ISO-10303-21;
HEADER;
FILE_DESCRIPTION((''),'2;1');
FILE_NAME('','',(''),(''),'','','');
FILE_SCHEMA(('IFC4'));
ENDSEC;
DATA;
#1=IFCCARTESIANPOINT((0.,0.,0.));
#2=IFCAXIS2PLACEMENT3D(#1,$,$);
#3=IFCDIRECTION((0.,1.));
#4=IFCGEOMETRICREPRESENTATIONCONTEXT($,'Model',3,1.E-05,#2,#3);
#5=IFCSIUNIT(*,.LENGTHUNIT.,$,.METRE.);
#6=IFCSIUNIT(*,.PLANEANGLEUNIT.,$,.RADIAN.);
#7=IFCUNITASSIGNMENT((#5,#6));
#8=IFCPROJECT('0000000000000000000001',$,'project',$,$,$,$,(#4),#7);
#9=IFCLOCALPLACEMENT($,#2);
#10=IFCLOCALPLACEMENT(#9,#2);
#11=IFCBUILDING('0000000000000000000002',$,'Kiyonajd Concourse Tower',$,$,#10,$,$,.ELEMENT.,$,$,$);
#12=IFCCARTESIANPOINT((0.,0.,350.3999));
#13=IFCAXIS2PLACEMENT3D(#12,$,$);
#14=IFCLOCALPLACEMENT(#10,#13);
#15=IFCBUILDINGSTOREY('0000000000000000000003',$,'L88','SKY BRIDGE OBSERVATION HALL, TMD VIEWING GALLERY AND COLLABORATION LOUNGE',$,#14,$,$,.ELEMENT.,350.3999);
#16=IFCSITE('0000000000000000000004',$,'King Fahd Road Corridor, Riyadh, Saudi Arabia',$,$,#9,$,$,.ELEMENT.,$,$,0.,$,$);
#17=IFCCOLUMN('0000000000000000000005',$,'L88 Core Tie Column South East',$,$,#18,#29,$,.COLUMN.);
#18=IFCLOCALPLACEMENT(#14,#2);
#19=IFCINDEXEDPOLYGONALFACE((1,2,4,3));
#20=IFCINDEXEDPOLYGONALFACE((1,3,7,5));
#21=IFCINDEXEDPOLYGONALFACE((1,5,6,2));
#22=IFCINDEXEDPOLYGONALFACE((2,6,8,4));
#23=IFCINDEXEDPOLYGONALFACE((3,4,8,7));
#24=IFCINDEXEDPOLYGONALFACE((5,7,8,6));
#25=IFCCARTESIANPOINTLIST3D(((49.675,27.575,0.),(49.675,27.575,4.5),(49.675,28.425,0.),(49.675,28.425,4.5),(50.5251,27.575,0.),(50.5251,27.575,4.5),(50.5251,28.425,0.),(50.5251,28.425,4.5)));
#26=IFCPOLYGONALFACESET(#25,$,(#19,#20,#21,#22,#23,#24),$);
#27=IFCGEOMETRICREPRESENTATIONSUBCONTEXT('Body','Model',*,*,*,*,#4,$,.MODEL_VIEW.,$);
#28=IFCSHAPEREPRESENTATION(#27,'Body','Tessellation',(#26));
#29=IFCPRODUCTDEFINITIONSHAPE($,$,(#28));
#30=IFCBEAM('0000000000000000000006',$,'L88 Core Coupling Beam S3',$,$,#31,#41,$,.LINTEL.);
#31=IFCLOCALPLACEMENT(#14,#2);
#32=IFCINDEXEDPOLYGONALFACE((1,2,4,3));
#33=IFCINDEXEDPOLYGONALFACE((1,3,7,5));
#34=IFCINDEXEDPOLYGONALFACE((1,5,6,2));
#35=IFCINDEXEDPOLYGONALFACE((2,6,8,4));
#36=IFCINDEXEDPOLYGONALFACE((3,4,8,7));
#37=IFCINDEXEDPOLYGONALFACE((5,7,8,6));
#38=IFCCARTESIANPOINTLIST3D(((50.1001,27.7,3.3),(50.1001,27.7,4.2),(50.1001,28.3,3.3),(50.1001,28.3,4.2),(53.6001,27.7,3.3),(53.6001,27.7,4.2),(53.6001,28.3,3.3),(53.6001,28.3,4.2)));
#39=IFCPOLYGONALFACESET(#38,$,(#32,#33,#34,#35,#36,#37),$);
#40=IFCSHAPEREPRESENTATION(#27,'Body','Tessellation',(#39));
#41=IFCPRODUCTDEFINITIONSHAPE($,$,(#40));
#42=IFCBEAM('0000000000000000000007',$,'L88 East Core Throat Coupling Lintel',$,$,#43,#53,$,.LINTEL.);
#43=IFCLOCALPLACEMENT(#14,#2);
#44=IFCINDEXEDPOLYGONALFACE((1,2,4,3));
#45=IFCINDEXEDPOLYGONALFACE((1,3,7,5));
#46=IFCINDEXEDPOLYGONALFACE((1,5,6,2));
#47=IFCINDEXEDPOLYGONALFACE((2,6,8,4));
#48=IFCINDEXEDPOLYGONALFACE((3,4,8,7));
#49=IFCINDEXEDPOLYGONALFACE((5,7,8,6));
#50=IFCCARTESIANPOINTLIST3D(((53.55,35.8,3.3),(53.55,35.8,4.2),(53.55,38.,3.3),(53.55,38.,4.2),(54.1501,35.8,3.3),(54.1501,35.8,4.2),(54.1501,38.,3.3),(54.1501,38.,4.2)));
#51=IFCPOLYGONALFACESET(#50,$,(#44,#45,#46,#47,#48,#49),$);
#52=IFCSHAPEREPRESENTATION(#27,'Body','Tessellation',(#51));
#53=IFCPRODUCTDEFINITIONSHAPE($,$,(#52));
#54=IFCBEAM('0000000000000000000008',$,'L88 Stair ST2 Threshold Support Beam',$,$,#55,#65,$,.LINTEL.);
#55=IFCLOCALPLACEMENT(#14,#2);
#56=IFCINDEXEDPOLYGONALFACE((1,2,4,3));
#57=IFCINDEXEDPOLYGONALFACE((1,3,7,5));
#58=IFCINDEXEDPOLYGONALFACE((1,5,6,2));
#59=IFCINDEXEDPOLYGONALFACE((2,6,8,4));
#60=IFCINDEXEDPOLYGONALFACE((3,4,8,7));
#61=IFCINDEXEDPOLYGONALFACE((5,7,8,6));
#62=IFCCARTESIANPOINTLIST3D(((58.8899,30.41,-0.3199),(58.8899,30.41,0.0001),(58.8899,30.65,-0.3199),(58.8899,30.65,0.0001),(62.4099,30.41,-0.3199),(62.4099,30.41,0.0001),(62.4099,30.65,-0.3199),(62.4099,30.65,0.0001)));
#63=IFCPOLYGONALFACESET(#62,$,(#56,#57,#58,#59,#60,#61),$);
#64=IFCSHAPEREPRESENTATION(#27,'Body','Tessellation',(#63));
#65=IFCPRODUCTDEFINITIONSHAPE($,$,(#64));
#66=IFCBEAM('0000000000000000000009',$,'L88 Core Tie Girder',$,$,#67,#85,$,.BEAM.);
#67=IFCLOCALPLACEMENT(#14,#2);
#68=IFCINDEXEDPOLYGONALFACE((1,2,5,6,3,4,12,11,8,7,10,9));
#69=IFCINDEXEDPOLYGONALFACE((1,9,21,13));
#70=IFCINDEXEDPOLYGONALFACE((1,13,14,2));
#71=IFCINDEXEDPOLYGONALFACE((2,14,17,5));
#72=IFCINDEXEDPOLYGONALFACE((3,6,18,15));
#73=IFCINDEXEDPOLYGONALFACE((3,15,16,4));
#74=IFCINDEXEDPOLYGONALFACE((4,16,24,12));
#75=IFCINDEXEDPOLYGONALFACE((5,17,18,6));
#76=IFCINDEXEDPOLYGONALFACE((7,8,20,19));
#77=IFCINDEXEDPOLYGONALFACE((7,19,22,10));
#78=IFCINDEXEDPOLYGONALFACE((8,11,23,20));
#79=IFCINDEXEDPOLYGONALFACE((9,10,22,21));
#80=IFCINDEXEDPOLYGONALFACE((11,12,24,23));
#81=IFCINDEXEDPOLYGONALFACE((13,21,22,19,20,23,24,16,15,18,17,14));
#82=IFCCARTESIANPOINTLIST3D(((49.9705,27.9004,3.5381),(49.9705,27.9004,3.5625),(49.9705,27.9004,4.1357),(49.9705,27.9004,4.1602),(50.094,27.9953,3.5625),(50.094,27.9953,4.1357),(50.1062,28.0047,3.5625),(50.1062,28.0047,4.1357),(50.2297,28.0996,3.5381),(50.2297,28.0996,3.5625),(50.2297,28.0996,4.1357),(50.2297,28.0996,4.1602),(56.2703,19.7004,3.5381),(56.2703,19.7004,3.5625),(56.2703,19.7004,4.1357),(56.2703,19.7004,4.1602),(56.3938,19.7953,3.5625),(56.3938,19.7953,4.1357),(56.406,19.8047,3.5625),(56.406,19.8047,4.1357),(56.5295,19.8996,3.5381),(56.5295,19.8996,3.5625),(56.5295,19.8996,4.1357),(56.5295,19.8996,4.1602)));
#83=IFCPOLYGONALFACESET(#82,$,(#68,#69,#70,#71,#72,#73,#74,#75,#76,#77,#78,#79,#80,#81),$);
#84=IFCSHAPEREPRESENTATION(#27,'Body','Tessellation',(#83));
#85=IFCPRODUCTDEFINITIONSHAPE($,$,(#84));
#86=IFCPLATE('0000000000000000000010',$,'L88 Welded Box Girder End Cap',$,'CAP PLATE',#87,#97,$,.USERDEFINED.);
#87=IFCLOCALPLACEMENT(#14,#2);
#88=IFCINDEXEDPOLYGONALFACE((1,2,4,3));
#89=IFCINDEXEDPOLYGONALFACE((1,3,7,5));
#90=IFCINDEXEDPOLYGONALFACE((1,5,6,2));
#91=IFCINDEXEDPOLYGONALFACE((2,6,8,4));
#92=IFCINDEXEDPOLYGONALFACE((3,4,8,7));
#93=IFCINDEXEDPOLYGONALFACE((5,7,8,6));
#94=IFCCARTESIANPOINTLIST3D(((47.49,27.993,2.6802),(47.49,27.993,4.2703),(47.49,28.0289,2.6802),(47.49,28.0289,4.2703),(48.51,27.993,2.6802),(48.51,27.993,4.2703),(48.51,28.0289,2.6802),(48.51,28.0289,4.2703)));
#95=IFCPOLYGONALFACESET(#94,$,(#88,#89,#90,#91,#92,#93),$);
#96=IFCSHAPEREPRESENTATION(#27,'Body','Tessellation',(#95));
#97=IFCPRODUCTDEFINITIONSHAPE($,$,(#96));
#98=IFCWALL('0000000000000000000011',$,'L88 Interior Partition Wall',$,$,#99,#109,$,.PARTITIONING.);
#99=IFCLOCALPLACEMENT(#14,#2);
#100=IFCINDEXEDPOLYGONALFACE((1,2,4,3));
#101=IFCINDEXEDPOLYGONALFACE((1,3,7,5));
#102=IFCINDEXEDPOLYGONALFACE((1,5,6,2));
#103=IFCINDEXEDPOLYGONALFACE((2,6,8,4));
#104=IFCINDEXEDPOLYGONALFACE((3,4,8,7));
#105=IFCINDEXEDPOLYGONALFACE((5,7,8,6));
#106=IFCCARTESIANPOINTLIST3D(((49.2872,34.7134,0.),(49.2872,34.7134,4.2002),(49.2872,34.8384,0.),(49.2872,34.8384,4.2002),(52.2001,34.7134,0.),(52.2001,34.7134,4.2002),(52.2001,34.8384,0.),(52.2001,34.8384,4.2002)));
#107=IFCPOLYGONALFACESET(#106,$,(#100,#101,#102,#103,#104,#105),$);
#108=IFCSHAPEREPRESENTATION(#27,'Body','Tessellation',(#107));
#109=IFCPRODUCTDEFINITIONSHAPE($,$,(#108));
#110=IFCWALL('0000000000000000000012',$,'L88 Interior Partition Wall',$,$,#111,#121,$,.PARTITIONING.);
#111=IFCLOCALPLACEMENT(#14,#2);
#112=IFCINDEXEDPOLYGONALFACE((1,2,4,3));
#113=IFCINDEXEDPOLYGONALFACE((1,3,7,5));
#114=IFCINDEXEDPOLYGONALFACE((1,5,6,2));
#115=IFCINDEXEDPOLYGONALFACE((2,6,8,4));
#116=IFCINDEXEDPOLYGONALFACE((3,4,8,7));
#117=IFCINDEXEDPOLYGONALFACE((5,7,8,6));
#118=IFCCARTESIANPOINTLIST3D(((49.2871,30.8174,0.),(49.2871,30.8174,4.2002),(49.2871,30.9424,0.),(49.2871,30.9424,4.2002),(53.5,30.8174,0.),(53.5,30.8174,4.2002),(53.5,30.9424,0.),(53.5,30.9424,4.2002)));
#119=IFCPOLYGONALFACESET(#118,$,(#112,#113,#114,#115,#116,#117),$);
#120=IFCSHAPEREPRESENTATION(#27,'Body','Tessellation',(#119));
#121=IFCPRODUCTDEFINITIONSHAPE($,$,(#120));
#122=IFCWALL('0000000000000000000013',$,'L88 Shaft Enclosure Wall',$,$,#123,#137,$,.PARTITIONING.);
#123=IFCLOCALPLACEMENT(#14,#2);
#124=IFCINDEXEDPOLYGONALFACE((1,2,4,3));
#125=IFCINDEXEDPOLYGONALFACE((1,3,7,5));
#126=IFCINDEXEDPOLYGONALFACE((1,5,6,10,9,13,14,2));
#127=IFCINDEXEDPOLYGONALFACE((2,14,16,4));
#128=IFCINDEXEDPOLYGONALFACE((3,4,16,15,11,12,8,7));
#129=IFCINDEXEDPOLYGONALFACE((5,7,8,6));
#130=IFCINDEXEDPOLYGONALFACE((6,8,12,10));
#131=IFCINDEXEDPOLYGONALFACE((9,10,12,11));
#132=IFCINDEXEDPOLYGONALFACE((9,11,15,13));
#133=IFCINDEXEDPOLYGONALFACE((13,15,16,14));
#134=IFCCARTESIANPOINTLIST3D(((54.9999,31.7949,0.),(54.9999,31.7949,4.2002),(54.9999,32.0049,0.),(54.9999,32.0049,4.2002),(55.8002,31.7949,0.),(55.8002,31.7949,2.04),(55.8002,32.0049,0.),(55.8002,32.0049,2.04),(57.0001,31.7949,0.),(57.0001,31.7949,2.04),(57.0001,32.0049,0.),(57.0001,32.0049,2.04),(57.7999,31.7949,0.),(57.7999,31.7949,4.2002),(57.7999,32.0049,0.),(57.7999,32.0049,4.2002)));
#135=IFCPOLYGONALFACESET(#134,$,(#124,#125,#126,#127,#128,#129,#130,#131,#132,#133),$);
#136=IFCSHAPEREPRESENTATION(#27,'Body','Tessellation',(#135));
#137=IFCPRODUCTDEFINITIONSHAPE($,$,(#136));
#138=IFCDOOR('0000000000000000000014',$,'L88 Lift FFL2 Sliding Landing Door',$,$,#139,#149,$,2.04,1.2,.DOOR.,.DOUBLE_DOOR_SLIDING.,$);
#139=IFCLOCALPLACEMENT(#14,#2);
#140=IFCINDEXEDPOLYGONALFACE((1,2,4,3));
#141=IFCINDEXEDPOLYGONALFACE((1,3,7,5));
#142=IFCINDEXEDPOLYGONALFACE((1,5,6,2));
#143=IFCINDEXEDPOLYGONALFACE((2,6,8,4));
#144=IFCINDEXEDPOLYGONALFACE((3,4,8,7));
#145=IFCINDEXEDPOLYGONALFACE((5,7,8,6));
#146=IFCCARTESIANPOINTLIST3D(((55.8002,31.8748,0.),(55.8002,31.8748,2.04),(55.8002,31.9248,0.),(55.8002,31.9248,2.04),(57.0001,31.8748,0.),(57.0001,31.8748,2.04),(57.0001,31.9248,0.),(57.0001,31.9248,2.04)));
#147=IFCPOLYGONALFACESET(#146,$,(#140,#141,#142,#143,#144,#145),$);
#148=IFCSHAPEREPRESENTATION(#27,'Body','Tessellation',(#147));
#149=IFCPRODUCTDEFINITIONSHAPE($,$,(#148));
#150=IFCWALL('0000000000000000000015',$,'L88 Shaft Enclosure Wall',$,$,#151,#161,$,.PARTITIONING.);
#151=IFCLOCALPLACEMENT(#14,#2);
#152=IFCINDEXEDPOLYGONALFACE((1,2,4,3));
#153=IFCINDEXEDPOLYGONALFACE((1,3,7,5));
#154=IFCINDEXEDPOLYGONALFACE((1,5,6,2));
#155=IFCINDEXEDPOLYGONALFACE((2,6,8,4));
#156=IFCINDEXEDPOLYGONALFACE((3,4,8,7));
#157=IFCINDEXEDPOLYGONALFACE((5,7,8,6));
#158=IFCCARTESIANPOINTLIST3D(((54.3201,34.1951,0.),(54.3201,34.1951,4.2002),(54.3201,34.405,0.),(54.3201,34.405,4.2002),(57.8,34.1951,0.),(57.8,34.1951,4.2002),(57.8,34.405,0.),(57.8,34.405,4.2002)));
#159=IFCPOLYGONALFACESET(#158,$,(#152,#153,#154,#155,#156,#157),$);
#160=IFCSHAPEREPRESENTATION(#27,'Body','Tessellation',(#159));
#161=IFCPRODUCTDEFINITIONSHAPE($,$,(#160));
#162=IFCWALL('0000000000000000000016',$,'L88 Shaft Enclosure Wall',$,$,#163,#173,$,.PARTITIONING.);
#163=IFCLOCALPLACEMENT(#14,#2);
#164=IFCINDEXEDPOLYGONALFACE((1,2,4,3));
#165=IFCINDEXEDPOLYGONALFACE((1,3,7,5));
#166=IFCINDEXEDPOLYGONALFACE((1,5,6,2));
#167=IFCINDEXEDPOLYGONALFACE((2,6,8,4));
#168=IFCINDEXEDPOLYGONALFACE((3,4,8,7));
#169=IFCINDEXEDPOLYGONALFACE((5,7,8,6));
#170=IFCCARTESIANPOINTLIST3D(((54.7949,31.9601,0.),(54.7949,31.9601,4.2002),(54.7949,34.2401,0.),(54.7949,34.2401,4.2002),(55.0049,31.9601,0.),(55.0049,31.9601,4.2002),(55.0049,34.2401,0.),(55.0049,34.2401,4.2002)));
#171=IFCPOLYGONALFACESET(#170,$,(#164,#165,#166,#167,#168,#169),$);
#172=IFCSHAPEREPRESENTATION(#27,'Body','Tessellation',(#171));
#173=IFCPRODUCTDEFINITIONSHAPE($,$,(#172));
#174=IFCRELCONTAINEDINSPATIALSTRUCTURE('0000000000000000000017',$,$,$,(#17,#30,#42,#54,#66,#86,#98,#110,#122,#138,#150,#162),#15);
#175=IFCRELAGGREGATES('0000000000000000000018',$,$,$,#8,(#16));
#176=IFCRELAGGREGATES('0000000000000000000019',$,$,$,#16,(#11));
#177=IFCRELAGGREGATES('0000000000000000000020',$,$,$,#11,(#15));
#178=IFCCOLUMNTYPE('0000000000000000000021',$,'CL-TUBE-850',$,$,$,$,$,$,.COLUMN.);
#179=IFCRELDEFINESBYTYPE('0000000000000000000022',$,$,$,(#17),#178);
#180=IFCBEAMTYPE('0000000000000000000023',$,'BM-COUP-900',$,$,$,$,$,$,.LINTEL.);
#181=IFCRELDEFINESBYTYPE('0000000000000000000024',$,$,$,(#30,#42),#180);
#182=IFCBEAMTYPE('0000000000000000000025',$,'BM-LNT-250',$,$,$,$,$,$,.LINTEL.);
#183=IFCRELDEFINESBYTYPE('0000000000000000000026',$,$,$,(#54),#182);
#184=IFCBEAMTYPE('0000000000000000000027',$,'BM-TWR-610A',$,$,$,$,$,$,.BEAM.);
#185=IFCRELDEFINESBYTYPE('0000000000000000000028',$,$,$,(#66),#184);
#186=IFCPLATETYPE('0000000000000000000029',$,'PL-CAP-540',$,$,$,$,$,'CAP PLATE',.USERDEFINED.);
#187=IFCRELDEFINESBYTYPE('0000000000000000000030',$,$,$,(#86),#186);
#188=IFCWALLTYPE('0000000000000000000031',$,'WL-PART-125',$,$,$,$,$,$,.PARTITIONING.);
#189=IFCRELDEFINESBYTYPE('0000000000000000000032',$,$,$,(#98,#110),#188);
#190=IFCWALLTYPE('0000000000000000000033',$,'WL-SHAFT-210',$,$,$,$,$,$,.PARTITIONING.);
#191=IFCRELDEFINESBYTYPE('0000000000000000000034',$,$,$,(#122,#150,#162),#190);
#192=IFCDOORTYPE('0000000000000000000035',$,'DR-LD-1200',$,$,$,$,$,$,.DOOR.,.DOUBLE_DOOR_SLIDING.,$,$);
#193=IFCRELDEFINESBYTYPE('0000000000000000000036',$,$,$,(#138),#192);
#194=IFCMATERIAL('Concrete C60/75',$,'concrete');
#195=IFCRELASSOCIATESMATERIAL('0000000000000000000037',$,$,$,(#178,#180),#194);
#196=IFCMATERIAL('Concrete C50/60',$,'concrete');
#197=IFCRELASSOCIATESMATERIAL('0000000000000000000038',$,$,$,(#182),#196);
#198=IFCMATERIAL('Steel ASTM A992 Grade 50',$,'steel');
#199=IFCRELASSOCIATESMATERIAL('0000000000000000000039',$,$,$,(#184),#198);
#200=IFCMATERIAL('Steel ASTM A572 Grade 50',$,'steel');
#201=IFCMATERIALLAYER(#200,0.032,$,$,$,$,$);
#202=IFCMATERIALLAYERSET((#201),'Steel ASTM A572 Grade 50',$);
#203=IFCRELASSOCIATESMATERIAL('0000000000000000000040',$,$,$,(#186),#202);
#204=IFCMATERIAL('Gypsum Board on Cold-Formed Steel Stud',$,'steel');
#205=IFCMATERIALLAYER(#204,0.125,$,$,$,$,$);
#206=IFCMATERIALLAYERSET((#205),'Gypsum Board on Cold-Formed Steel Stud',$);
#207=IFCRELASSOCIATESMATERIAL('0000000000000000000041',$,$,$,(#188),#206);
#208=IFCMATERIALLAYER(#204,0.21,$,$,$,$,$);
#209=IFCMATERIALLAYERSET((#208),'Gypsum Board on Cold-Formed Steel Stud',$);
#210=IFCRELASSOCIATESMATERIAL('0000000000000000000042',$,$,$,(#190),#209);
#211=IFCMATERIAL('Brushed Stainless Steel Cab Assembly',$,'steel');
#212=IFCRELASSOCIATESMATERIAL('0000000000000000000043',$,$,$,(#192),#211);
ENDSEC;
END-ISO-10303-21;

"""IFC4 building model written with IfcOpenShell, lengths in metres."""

from ifc_helpers import new_model, si_unit, direction, frame, frame_2d, origin, origin_2d, place, context, subcontext, project, spatial, rectangle, i_section, extrude, material, layer, layer_set, material_profile, profile_set, type_object, element, fill, save


model = new_model("IFC4")

# Units and contexts
model_context = context("Model", 3, precision=1e-05, world=origin(), true_north=direction((0.0, 1.0)))
body_context = subcontext(model_context, "Body", "Model", "MODEL_VIEW")
ifc_project = project(units=[si_unit("LENGTHUNIT", "METRE"), si_unit("PLANEANGLEUNIT", "RADIAN")], contexts=[model_context])

# Site, building, storey
site_placement = place(None, origin())
site = spatial("IfcSite", under=ifc_project, at=site_placement, Name="King Fahd Road Corridor, Riyadh, Saudi Arabia", CompositionType="ELEMENT", RefElevation=0.0)
building_placement = place(site_placement, origin())
building = spatial("IfcBuilding", under=site, at=building_placement, Name="Kiyonajd Concourse Tower", CompositionType="ELEMENT")
storey_placement = place(building_placement, frame((0.0, 0.0, 350.3999)))
storey = spatial("IfcBuildingStorey", under=building, at=storey_placement, Name="L88", Description="SKY BRIDGE OBSERVATION HALL, TMD VIEWING GALLERY AND COLLABORATION LOUNGE", CompositionType="ELEMENT", Elevation=350.3999)

# Column
ifc_material_1 = material(Name="Concrete C60/75", Category="concrete")
ifc_material_profile_1 = material_profile(ifc_material_1, rectangle(XDim=0.8501, YDim=0.8501, at=origin_2d()), Name="RC-850x850")
ifc_profile_set_1 = profile_set([ifc_material_profile_1], Name="Concrete C60/75")
column_type = type_object("IfcColumnType", Name="CL-TUBE-850", PredefinedType="COLUMN", material=ifc_profile_set_1)
column_placement = place(storey_placement, frame((50.1001, 28.0, 0.0), z_axis=(0.0, 0.0, 1.0), x_axis=(1.0, 0.0, 0.0)))
element("IfcColumn", 1, at=column_placement, inside=storey, type_object=column_type, Name="L88 Core Tie Column South East", PredefinedType="COLUMN", context=body_context, shape_type="SweptSolid", body=[
    extrude(rectangle(XDim=0.8501, YDim=0.8501, at=origin_2d()), origin(), (0.0, 0.0, 1.0), 4.5),
])

# Beams
ifc_material_profile_2 = material_profile(ifc_material_1, rectangle(XDim=0.6001, YDim=0.8999, at=origin_2d()), Name="RCBM-600x900")
ifc_profile_set_2 = profile_set([ifc_material_profile_2], Name="Concrete C60/75")
beam_type_1 = type_object("IfcBeamType", Name="BM-COUP-900", PredefinedType="LINTEL", material=ifc_profile_set_2)
beam_1_placement = place(storey_placement, frame((50.1001, 28.0, 3.75), z_axis=(1.0, 0.0, 0.0), x_axis=(0.0, 1.0, 0.0)))
element("IfcBeam", 2, at=beam_1_placement, inside=storey, type_object=beam_type_1, Name="L88 Core Coupling Beam S3", PredefinedType="LINTEL", context=body_context, shape_type="SweptSolid", body=[
    extrude(rectangle(XDim=0.6001, YDim=0.8999, at=origin_2d()), origin(), (0.0, 0.0, 1.0), 3.5),
])
beam_2_placement = place(storey_placement, frame((53.8501, 35.8, 3.75), z_axis=(0.0, 1.0, 0.0), x_axis=(-1.0, 0.0, 0.0)))
element("IfcBeam", 3, at=beam_2_placement, inside=storey, type_object=beam_type_1, Name="L88 East Core Throat Coupling Lintel", PredefinedType="LINTEL", context=body_context, shape_type="SweptSolid", body=[
    extrude(rectangle(XDim=0.6001, YDim=0.8999, at=origin_2d()), origin(), (0.0, 0.0, 1.0), 2.2),
])
ifc_material_2 = material(Name="Concrete C50/60", Category="concrete")
ifc_material_profile_3 = material_profile(ifc_material_2, rectangle(XDim=0.24, YDim=0.3201, at=origin_2d()), Name="RCBM-240x320")
ifc_profile_set_3 = profile_set([ifc_material_profile_3], Name="Concrete C50/60")
beam_type_2 = type_object("IfcBeamType", Name="BM-LNT-250", PredefinedType="LINTEL", material=ifc_profile_set_3)
beam_3_placement = place(storey_placement, frame((58.8899, 30.53, -0.1599), z_axis=(1.0, 0.0, 0.0), x_axis=(0.0, 1.0, 0.0)))
element("IfcBeam", 4, at=beam_3_placement, inside=storey, type_object=beam_type_2, Name="L88 Stair ST2 Threshold Support Beam", PredefinedType="LINTEL", context=body_context, shape_type="SweptSolid", body=[
    extrude(rectangle(XDim=0.24, YDim=0.3201, at=origin_2d()), origin(), (0.0, 0.0, 1.0), 3.52),
])
ifc_material_3 = material(Name="Steel ASTM A992 Grade 50", Category="steel")
ifc_material_profile_4 = material_profile(ifc_material_3, i_section(OverallWidth=0.3269, OverallDepth=0.6221, WebThickness=0.0154, FlangeThickness=0.0244, at=origin_2d()), Name="W610X195")
ifc_profile_set_4 = profile_set([ifc_material_profile_4], Name="Steel ASTM A992 Grade 50")
beam_type_3 = type_object("IfcBeamType", Name="BM-TWR-610A", PredefinedType="BEAM", material=ifc_profile_set_4)
beam_4_placement = place(storey_placement, frame((50.1001, 28.0, 3.8491), z_axis=(0.609234, -0.792991, 0.0), x_axis=(0.792991, 0.609234, 0.0)))
element("IfcBeam", 5, at=beam_4_placement, inside=storey, type_object=beam_type_3, Name="L88 Core Tie Girder", PredefinedType="BEAM", context=body_context, shape_type="SweptSolid", body=[
    extrude(i_section(OverallWidth=0.3269, OverallDepth=0.6221, WebThickness=0.0154, FlangeThickness=0.0244, at=origin_2d()), origin(), (0.0, 0.0, 1.0), 10.3406),
])

# Plate
ifc_material_4 = material(Name="Steel ASTM A572 Grade 50", Category="steel")
ifc_layer_1 = layer(ifc_material_4, 0.032)
ifc_layer_set_1 = layer_set([ifc_layer_1], Name="Steel ASTM A572 Grade 50")
plate_type = type_object("IfcPlateType", Name="PL-CAP-540", ElementType="CAP PLATE", PredefinedType="USERDEFINED", material=ifc_layer_set_1)
plate_placement = place(storey_placement, frame((48.0, 28.011, 2.6802), z_axis=(0.0, 0.0, 1.0), x_axis=(0.0, 1.0, 0.0)))
element("IfcPlate", 6, at=plate_placement, inside=storey, type_object=plate_type, Name="L88 Welded Box Girder End Cap", ObjectType="CAP PLATE", PredefinedType="USERDEFINED", context=body_context, shape_type="SweptSolid", body=[
    extrude(rectangle(XDim=0.0359, YDim=1.02, at=origin_2d()), origin(), (0.0, 0.0, 1.0), 1.5901),
])

# Walls
ifc_material_5 = material(Name="Gypsum Board on Cold-Formed Steel Stud", Category="steel")
ifc_layer_2 = layer(ifc_material_5, 0.125)
ifc_layer_set_2 = layer_set([ifc_layer_2], Name="Gypsum Board on Cold-Formed Steel Stud")
wall_type_1 = type_object("IfcWallType", Name="WL-PART-125", PredefinedType="PARTITIONING", material=ifc_layer_set_2)
wall_1_placement = place(storey_placement, frame((49.2871, 34.7759, 0.0), z_axis=(0.0, 0.0, 1.0), x_axis=(1.0, 0.0, 0.0)))
element("IfcWall", 7, at=wall_1_placement, inside=storey, type_object=wall_type_1, Name="L88 Interior Partition Wall", PredefinedType="PARTITIONING", context=body_context, shape_type="SweptSolid", body=[
    extrude(rectangle(XDim=2.9128, YDim=0.125, at=frame_2d((1.4565, 0.0))), origin(), (0.0, 0.0, 1.0), 4.2002),
])
wall_2_placement = place(storey_placement, frame((49.2871, 30.8799, 0.0), z_axis=(0.0, 0.0, 1.0), x_axis=(1.0, 0.0, 0.0)))
element("IfcWall", 8, at=wall_2_placement, inside=storey, type_object=wall_type_1, Name="L88 Interior Partition Wall", PredefinedType="PARTITIONING", context=body_context, shape_type="SweptSolid", body=[
    extrude(rectangle(XDim=4.2129, YDim=0.125, at=frame_2d((2.1064, 0.0))), origin(), (0.0, 0.0, 1.0), 4.2002),
])

# Wall, opening, door
ifc_layer_3 = layer(ifc_material_5, 0.21)
ifc_layer_set_3 = layer_set([ifc_layer_3], Name="Gypsum Board on Cold-Formed Steel Stud")
wall_type_2 = type_object("IfcWallType", Name="WL-SHAFT-210", PredefinedType="PARTITIONING", material=ifc_layer_set_3)
wall_3_placement = place(storey_placement, frame((55.0, 31.8999, 0.0), z_axis=(0.0, 0.0, 1.0), x_axis=(1.0, 0.0, 0.0)))
wall_3 = element("IfcWall", 9, at=wall_3_placement, inside=storey, type_object=wall_type_2, Name="L88 Shaft Enclosure Wall", PredefinedType="PARTITIONING", context=body_context, shape_type="SweptSolid", body=[
    extrude(rectangle(XDim=2.8, YDim=0.21, at=frame_2d((1.3999, 0.0))), origin(), (0.0, 0.0, 1.0), 4.2002),
])
opening_1_placement = place(wall_3_placement, frame((0.8, 0.0, 0.0)))
opening_1 = element("IfcOpeningElement", 10, at=opening_1_placement, cuts=wall_3, PredefinedType="OPENING", context=body_context, shape_type="SweptSolid", body=[
    extrude(rectangle(XDim=1.2, YDim=2.04, at=frame_2d((0.6001, 1.02))), frame((0.0, 0.115, 0.0), z_axis=(0.0, -1.0, 0.0), x_axis=(1.0, 0.0, 0.0)), (0.0, 0.0, 1.0), 0.23),
])
ifc_material_6 = material(Name="Brushed Stainless Steel Cab Assembly", Category="steel")
door_type_1 = type_object("IfcDoorType", Name="DR-LD-1200", OperationType="DOUBLE_DOOR_SLIDING", PredefinedType="DOOR", material=ifc_material_6)
door_1_placement = place(opening_1_placement, origin())
door_1 = element("IfcDoor", 11, at=door_1_placement, inside=storey, type_object=door_type_1, Name="L88 Lift FFL2 Sliding Landing Door", OperationType="DOUBLE_DOOR_SLIDING", OverallHeight=2.04, OverallWidth=1.2, PredefinedType="DOOR", context=body_context, shape_type="SweptSolid", body=[
    extrude(rectangle(XDim=1.2, YDim=2.04, at=frame_2d((0.6001, 1.02))), frame((0.0, 0.0249, 0.0), z_axis=(0.0, -1.0, 0.0), x_axis=(1.0, 0.0, 0.0)), (0.0, 0.0, 1.0), 0.05),
])
fill(opening_1, door_1)

# Walls
wall_4_placement = place(storey_placement, frame((54.3201, 34.3, 0.0), z_axis=(0.0, 0.0, 1.0), x_axis=(1.0, 0.0, 0.0)))
element("IfcWall", 12, at=wall_4_placement, inside=storey, type_object=wall_type_2, Name="L88 Shaft Enclosure Wall", PredefinedType="PARTITIONING", context=body_context, shape_type="SweptSolid", body=[
    extrude(rectangle(XDim=3.48, YDim=0.21, at=frame_2d((1.74, 0.0))), origin(), (0.0, 0.0, 1.0), 4.2002),
])
for number, where, z_axis, x_axis, name in (
    (13, (54.8999, 31.96, 0.0), (0.0, 0.0, 1.0), (0.0, 1.0, 0.0), "L88 Shaft Enclosure Wall"),
):
    element("IfcWall", number, at=place(storey_placement, frame(where, z_axis=z_axis, x_axis=x_axis)), inside=storey, type_object=wall_type_2, Name=name, PredefinedType="PARTITIONING", context=body_context, shape_type="SweptSolid", body=[
        extrude(rectangle(XDim=2.28, YDim=0.21, at=frame_2d((1.1401, 0.0))), origin(), (0.0, 0.0, 1.0), 4.2002),
    ])

save(model, "model.ifc")
